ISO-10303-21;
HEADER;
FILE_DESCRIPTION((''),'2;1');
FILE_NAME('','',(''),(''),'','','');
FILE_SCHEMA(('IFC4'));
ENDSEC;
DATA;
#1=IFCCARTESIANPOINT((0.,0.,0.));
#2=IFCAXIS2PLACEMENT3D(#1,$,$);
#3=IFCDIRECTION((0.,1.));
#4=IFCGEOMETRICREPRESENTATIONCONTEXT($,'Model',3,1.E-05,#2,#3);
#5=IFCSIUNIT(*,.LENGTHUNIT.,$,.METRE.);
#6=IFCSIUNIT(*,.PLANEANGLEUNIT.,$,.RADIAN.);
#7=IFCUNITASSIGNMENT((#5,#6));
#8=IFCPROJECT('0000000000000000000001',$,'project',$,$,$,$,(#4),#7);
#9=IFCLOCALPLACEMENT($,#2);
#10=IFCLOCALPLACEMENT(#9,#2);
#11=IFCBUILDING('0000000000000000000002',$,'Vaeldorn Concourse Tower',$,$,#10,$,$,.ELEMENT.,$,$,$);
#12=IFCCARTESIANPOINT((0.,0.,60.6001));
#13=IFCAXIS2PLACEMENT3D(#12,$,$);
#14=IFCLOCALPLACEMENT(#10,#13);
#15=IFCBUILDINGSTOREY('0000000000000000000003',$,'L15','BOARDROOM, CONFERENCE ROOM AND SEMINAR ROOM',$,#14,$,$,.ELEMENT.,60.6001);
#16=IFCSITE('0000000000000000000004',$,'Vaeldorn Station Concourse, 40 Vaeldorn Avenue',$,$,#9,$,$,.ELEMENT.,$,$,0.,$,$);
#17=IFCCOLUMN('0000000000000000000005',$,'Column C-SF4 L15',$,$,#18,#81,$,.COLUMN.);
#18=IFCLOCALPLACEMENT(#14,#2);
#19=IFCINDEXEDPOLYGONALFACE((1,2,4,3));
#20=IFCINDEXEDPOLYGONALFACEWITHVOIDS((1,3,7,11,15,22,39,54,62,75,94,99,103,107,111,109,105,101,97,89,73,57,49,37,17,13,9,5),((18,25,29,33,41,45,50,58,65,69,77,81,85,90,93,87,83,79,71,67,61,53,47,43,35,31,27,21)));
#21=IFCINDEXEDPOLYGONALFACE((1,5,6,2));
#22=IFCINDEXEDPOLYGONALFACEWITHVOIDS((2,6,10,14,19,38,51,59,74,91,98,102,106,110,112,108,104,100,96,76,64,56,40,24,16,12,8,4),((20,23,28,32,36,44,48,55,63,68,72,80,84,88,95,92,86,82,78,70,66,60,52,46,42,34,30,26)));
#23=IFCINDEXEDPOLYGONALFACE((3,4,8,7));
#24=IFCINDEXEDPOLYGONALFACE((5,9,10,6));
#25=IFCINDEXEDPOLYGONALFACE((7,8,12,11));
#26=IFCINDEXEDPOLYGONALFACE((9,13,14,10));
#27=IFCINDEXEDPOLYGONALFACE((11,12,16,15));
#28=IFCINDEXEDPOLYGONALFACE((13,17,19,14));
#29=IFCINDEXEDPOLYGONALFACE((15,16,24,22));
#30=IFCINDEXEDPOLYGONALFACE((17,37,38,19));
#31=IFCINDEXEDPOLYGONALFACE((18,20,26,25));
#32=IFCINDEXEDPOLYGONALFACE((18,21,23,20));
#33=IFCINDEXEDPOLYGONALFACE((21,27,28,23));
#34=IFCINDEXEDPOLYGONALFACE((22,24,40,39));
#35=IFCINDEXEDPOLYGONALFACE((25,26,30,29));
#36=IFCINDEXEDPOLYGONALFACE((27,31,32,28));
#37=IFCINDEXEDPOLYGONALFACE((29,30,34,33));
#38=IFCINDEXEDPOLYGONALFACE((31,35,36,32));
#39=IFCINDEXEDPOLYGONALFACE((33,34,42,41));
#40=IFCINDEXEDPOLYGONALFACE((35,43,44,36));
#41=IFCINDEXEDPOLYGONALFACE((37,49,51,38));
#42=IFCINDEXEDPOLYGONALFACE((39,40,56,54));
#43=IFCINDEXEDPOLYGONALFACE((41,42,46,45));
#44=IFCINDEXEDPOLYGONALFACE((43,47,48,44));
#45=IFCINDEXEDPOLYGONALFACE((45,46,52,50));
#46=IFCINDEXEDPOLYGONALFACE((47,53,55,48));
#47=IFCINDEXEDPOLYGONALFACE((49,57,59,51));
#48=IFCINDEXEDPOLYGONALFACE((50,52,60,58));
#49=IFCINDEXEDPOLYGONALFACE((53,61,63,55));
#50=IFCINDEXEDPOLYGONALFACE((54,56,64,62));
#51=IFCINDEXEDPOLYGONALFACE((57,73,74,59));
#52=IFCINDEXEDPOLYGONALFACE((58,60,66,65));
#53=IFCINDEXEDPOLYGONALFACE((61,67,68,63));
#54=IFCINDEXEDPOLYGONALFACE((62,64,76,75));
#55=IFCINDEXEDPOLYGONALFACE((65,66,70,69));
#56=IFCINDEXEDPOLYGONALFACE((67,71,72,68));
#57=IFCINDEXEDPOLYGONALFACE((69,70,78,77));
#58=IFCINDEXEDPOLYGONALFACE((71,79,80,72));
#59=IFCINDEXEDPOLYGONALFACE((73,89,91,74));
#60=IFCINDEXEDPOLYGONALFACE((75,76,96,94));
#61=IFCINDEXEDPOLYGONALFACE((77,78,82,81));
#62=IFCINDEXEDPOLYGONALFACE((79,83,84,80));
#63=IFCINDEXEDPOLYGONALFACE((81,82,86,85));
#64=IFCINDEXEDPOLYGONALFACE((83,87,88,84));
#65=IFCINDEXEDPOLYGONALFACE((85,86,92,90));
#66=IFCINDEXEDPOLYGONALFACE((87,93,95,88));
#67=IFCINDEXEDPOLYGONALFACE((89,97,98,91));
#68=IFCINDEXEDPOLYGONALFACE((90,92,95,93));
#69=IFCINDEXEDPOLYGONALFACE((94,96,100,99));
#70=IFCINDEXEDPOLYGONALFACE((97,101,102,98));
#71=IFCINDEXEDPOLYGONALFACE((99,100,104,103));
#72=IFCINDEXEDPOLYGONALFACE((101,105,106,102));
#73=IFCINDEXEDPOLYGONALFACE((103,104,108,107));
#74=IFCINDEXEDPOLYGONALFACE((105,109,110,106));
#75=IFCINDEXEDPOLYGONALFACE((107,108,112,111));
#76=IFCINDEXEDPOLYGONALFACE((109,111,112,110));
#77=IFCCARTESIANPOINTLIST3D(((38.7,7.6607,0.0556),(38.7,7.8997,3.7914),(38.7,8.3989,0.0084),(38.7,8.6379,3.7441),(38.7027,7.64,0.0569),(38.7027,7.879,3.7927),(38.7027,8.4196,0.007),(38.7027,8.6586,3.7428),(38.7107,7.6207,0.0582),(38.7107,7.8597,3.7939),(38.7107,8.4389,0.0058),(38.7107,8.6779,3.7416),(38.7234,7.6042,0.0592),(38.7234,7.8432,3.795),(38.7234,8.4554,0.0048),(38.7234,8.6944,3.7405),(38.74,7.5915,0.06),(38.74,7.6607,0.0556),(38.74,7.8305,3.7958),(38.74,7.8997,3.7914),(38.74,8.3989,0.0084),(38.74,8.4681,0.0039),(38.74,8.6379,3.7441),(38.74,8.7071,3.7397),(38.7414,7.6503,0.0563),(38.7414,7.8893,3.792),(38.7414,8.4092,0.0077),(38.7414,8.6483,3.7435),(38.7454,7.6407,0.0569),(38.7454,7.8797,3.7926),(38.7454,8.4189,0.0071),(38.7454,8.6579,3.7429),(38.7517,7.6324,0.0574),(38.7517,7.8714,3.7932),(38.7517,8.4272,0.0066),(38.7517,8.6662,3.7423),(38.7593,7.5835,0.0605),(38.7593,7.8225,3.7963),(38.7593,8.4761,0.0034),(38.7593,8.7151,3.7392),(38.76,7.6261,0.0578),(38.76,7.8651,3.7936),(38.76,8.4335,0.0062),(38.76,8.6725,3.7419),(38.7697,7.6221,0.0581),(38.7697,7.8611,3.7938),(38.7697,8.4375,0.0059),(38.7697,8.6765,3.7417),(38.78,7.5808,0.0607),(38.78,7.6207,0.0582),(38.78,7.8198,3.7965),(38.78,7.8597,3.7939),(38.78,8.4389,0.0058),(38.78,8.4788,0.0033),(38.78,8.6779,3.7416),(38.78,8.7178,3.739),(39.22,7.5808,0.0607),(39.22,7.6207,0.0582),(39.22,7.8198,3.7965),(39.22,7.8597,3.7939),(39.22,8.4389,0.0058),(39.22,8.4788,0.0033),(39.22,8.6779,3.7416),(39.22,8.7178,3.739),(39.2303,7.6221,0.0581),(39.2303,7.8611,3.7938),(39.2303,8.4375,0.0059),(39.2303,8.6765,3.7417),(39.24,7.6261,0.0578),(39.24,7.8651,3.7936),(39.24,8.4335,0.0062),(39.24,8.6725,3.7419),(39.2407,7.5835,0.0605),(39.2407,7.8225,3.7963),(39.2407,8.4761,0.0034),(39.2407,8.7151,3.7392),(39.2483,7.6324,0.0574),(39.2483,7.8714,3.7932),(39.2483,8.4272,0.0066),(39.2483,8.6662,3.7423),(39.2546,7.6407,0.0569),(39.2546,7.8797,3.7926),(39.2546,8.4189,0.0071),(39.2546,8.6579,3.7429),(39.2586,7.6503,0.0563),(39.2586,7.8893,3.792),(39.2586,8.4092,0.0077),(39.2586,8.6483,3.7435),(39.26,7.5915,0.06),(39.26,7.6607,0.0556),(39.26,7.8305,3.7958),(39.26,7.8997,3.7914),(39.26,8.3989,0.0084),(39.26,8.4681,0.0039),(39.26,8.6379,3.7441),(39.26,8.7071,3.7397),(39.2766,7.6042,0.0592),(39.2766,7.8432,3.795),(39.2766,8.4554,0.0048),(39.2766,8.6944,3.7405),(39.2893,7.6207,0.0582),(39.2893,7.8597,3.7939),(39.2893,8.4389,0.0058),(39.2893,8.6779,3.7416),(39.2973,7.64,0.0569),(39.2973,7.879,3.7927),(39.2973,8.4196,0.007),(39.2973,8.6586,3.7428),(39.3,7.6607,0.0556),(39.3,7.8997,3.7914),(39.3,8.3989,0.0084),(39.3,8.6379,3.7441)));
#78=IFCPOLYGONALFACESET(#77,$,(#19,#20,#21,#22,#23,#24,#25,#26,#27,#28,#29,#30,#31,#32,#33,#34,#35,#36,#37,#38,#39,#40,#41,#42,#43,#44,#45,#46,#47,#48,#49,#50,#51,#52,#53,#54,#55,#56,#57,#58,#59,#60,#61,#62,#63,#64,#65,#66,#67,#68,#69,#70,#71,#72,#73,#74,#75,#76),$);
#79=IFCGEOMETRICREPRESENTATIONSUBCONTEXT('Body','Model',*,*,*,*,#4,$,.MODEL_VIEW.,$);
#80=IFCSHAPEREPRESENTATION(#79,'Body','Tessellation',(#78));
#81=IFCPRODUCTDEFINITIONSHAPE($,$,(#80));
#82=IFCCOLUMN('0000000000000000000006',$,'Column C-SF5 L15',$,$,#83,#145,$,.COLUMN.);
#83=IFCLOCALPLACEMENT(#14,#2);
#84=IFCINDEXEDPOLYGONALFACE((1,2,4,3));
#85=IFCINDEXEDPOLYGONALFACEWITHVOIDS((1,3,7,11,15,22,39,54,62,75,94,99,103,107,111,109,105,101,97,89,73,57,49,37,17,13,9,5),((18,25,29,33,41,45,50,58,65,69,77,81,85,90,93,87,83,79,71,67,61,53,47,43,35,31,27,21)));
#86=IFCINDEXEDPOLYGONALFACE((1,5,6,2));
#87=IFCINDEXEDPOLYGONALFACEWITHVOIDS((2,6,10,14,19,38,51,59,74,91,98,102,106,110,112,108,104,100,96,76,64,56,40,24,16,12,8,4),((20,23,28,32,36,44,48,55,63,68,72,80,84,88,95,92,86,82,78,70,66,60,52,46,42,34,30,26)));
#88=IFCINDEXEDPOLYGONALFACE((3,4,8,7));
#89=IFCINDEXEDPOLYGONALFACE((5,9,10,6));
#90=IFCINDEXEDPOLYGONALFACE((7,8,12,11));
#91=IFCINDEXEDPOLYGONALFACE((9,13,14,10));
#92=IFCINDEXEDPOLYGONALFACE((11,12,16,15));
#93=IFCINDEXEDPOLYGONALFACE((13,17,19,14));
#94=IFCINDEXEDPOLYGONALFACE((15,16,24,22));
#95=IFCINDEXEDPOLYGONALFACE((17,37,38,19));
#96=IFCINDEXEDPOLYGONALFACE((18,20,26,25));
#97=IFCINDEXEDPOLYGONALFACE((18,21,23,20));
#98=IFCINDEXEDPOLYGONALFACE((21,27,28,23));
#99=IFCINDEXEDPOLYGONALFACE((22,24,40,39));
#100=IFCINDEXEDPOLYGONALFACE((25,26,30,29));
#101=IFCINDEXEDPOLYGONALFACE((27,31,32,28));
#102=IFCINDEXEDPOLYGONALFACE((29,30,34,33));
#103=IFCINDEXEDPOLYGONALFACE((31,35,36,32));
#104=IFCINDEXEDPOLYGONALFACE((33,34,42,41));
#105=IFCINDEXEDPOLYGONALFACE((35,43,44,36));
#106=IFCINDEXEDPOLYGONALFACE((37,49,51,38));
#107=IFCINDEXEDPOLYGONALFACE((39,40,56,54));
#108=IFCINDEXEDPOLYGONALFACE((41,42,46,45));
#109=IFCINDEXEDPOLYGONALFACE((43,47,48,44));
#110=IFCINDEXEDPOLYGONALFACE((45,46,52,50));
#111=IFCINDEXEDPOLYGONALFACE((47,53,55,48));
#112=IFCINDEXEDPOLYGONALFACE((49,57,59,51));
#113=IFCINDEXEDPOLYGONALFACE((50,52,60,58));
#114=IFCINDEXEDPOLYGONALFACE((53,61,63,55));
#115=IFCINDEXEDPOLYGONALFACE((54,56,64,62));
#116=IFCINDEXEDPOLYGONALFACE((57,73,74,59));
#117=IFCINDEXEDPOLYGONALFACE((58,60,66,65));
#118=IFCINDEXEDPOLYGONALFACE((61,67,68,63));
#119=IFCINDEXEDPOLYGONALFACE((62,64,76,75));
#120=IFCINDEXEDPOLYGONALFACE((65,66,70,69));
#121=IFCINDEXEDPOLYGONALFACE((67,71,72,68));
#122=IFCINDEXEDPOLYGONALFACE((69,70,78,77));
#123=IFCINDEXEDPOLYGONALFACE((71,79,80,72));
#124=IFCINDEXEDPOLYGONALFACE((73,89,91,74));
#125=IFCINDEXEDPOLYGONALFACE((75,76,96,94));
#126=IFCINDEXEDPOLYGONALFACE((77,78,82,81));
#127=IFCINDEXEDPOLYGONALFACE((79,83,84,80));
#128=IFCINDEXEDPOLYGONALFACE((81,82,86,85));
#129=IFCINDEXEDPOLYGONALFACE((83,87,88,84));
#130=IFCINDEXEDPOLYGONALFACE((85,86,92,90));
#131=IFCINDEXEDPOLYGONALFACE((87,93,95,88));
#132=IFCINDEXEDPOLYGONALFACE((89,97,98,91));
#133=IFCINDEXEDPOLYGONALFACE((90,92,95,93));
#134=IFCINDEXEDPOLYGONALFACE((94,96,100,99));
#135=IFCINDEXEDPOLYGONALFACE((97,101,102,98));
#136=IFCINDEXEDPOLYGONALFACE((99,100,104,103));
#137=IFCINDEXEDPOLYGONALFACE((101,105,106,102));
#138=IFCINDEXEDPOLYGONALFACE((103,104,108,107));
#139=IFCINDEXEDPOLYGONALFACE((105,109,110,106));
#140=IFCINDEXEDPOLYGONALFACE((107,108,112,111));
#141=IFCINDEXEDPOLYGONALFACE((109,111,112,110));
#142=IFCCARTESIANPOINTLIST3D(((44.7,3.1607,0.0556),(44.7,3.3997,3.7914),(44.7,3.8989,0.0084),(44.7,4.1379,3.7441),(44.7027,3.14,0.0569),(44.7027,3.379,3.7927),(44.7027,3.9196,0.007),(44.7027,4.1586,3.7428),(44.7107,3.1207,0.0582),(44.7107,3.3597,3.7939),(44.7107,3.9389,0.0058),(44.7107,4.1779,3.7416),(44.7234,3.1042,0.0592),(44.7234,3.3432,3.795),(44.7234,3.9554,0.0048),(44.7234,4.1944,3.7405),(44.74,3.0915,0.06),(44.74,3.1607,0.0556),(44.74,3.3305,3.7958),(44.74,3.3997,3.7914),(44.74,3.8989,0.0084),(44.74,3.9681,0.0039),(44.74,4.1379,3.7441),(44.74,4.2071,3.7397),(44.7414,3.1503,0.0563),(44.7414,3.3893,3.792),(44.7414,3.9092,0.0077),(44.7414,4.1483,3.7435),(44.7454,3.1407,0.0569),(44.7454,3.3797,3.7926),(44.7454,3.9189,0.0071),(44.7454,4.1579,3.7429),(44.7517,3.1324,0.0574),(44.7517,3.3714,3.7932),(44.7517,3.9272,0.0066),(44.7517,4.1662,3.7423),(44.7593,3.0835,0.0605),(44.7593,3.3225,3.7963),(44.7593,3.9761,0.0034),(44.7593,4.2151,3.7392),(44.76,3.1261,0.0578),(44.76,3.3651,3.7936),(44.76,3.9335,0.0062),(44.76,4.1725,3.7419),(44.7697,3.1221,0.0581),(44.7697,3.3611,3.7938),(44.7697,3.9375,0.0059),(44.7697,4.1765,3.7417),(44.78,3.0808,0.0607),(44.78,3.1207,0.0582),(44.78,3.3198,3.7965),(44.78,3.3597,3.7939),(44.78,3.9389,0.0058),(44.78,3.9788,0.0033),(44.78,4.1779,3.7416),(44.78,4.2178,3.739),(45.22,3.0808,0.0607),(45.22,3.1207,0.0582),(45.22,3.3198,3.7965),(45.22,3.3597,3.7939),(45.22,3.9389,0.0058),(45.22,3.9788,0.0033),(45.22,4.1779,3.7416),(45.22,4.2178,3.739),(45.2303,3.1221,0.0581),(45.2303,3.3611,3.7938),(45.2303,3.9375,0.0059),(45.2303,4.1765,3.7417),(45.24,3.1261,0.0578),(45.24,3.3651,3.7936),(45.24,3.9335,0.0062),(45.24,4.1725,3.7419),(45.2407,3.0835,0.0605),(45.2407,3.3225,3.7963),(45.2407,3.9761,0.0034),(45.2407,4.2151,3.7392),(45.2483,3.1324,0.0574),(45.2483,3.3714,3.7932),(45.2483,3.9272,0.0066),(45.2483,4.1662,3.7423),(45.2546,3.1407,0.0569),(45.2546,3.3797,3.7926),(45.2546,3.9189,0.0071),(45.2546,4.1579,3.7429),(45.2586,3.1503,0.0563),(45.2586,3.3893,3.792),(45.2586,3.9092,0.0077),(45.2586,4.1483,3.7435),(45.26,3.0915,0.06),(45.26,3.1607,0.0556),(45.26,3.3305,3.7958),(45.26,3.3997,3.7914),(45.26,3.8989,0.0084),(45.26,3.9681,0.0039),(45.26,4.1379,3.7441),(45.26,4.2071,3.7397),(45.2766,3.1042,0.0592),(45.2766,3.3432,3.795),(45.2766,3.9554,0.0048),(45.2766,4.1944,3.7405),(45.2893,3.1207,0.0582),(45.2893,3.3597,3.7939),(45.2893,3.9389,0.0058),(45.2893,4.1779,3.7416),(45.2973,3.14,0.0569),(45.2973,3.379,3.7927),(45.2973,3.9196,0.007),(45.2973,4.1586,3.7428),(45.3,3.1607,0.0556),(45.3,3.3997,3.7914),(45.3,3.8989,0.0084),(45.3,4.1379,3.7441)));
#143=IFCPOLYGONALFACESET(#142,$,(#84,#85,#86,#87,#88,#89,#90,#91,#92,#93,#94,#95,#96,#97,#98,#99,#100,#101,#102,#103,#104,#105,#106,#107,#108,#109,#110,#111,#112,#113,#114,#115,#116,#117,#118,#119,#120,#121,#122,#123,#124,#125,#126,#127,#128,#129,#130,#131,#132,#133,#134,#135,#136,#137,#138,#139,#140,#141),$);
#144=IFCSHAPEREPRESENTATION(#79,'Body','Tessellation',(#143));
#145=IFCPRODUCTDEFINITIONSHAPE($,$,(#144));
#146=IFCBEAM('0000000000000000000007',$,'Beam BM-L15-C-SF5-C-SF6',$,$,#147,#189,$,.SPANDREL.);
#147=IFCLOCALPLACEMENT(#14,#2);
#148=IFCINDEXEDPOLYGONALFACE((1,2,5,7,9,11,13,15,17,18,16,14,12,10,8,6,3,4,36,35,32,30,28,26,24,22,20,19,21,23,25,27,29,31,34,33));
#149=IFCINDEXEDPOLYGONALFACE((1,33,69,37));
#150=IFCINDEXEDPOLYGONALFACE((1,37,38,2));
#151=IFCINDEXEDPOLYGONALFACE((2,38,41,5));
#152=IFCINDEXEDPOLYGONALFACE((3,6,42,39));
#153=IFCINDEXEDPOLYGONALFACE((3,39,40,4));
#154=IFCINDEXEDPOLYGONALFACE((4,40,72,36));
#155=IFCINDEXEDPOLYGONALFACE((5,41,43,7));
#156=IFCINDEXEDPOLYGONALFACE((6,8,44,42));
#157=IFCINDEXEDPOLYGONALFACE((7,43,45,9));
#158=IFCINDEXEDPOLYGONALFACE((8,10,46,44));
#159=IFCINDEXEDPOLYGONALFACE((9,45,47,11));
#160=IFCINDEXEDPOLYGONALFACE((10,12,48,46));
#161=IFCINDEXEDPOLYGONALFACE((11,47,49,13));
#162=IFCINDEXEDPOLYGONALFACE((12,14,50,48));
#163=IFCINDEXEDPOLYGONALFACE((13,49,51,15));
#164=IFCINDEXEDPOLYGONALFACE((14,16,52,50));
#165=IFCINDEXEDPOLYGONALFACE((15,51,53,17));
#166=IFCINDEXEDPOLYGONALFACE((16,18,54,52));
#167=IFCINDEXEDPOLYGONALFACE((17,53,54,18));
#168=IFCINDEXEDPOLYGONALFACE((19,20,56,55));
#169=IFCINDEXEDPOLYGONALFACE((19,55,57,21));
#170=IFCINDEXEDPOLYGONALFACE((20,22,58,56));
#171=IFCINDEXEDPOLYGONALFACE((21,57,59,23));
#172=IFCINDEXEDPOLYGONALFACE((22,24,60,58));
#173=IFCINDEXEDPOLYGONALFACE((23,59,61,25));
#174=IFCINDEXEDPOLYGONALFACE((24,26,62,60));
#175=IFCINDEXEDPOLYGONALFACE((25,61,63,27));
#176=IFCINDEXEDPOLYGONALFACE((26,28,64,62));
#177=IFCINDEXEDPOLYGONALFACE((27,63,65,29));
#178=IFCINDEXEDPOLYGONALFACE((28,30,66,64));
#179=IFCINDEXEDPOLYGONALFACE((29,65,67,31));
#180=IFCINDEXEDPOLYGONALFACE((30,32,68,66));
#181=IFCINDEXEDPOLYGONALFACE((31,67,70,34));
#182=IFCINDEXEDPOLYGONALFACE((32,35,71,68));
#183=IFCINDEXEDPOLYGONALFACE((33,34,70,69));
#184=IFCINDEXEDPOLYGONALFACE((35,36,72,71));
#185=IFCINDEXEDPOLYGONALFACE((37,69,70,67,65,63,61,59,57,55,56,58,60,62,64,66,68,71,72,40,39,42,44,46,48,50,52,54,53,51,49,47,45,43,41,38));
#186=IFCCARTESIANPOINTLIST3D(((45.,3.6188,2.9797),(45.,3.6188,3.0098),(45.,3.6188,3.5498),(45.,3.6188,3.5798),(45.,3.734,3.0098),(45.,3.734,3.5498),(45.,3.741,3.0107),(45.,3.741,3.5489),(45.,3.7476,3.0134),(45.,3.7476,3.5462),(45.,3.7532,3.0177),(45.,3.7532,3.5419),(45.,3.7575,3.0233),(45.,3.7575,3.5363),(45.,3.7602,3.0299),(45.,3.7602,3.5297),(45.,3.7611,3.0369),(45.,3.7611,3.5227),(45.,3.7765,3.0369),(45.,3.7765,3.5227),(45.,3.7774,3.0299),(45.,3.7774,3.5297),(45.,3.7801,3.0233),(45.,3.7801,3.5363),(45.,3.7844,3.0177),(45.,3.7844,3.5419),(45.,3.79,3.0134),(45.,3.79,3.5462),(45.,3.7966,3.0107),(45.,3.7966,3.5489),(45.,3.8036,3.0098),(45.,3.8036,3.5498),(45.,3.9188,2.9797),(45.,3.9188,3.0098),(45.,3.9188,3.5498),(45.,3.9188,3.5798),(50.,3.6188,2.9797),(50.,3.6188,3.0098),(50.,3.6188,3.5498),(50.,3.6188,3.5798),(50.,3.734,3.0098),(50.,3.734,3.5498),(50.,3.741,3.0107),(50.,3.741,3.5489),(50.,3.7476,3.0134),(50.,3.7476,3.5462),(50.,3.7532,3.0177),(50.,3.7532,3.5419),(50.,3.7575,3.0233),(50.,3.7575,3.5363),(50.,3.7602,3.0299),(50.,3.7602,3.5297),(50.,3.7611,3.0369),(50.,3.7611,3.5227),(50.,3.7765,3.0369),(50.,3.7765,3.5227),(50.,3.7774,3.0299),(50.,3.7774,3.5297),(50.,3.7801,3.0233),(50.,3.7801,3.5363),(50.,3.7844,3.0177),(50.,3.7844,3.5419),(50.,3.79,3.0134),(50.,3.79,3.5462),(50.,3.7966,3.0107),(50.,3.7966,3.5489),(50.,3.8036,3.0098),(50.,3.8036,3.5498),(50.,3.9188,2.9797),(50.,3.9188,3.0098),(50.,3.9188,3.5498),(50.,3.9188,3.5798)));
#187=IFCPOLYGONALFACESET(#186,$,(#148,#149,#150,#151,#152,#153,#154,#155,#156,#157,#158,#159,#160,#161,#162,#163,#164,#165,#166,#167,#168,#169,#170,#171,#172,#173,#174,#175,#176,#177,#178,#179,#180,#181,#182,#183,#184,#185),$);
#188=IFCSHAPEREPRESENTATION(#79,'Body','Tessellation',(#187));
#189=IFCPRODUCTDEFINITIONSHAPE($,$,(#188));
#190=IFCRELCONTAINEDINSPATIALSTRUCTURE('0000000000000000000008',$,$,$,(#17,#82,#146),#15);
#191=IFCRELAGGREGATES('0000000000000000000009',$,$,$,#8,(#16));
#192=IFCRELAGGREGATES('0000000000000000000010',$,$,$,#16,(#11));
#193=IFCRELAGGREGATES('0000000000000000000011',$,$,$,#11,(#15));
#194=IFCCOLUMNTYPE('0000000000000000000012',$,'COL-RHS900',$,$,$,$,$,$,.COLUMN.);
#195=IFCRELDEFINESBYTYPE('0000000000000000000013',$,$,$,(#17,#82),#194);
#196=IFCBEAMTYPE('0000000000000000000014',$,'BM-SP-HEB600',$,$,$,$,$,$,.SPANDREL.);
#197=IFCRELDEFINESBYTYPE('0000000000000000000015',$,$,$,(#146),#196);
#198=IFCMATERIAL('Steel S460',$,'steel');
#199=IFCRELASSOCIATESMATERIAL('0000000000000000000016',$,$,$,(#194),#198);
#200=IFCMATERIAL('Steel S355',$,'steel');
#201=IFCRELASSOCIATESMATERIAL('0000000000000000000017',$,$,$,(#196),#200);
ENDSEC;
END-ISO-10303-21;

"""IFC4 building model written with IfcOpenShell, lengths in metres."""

from ifc_helpers import new_model, si_unit, direction, frame, origin, origin_2d, place, context, subcontext, project, spatial, hollow_rectangle, i_section, extrude, source, transform, mapped, material, material_profile, profile_set, type_object, element, save


model = new_model("IFC4")

# Units and contexts
model_context = context("Model", 3, precision=1e-05, world=origin(), true_north=direction((0.0, 1.0)))
body_context = subcontext(model_context, "Body", "Model", "MODEL_VIEW")
ifc_project = project(units=[si_unit("LENGTHUNIT", "METRE"), si_unit("PLANEANGLEUNIT", "RADIAN")], contexts=[model_context])

# Site, building, storey
site_placement = place(None, origin())
site = spatial("IfcSite", under=ifc_project, at=site_placement, Name="Vaeldorn Station Concourse, 40 Vaeldorn Avenue", CompositionType="ELEMENT", RefElevation=0.0)
building_placement = place(site_placement, origin())
building = spatial("IfcBuilding", under=site, at=building_placement, Name="Vaeldorn Concourse Tower", CompositionType="ELEMENT")
storey_placement = place(building_placement, frame((0.0, 0.0, 60.6001)))
storey = spatial("IfcBuildingStorey", under=building, at=storey_placement, Name="L15", Description="BOARDROOM, CONFERENCE ROOM AND SEMINAR ROOM", CompositionType="ELEMENT", Elevation=60.6001)

# Columns
ifc_material_1 = material(Name="Steel S460", Category="steel")
ifc_material_profile_1 = material_profile(ifc_material_1, hollow_rectangle(XDim=0.6001, YDim=0.8999, WallThickness=0.04, InnerFilletRadius=0.04, OuterFilletRadius=0.0801, at=origin_2d()), Name="RHS 900x600x40")
ifc_profile_set_1 = profile_set([ifc_material_profile_1], Name="Steel S460")
column_type = type_object("IfcColumnType", Name="COL-RHS900", PredefinedType="COLUMN", material=ifc_profile_set_1)
shared_shape_1 = source(origin(), body_context, "Body", "SweptSolid", [
    extrude(hollow_rectangle(XDim=0.6001, YDim=0.8999, WallThickness=0.04, InnerFilletRadius=0.04, OuterFilletRadius=0.0801, at=origin_2d()), origin(), (0.0, 0.0, 1.0), 3.7434),
])
for number, where, z_axis, x_axis, name in (
    (1, (39.0, 8.0298, 0.032), (0.0, 0.063848, 0.99796), (-1.0, 0.0, 0.0), "Column C-SF4 L15"),
    (2, (45.0, 3.5298, 0.032), (0.0, 0.063848, 0.99796), (-1.0, 0.0, 0.0), "Column C-SF5 L15"),
):
    element("IfcColumn", number, at=place(storey_placement, frame(where, z_axis=z_axis, x_axis=x_axis)), inside=storey, type_object=column_type, Name=name, PredefinedType="COLUMN", context=body_context, shape_type="MappedRepresentation", body=[
        mapped(shared_shape_1, transform((0.0, 0.0, 0.0), scale=1.0)),
    ])

# Beam
ifc_material_2 = material(Name="Steel S355", Category="steel")
ifc_material_profile_2 = material_profile(ifc_material_2, i_section(OverallWidth=0.3, OverallDepth=0.6001, WebThickness=0.0154, FlangeThickness=0.03, FilletRadius=0.0271, at=origin_2d()), Name="HEB 600")
ifc_profile_set_2 = profile_set([ifc_material_profile_2], Name="Steel S355")
beam_type_1 = type_object("IfcBeamType", Name="BM-SP-HEB600", PredefinedType="SPANDREL", material=ifc_profile_set_2)
shared_shape_2 = source(origin(), body_context, "Body", "SweptSolid", [
    extrude(i_section(OverallWidth=0.3, OverallDepth=0.6001, WebThickness=0.0154, FlangeThickness=0.03, FilletRadius=0.0271, at=origin_2d()), origin(), (0.0, 0.0, 1.0), 5.0),
])
beam_1_placement = place(storey_placement, frame((45.0, 3.7688, 3.2798), z_axis=(1.0, 0.0, 0.0), x_axis=(0.0, 1.0, 0.0)))
element("IfcBeam", 3, at=beam_1_placement, inside=storey, type_object=beam_type_1, Name="Beam BM-L15-C-SF5-C-SF6", PredefinedType="SPANDREL", context=body_context, shape_type="MappedRepresentation", body=[
    mapped(shared_shape_2, transform((0.0, 0.0, 0.0), scale=1.0)),
])

save(model, "model.ifc")
